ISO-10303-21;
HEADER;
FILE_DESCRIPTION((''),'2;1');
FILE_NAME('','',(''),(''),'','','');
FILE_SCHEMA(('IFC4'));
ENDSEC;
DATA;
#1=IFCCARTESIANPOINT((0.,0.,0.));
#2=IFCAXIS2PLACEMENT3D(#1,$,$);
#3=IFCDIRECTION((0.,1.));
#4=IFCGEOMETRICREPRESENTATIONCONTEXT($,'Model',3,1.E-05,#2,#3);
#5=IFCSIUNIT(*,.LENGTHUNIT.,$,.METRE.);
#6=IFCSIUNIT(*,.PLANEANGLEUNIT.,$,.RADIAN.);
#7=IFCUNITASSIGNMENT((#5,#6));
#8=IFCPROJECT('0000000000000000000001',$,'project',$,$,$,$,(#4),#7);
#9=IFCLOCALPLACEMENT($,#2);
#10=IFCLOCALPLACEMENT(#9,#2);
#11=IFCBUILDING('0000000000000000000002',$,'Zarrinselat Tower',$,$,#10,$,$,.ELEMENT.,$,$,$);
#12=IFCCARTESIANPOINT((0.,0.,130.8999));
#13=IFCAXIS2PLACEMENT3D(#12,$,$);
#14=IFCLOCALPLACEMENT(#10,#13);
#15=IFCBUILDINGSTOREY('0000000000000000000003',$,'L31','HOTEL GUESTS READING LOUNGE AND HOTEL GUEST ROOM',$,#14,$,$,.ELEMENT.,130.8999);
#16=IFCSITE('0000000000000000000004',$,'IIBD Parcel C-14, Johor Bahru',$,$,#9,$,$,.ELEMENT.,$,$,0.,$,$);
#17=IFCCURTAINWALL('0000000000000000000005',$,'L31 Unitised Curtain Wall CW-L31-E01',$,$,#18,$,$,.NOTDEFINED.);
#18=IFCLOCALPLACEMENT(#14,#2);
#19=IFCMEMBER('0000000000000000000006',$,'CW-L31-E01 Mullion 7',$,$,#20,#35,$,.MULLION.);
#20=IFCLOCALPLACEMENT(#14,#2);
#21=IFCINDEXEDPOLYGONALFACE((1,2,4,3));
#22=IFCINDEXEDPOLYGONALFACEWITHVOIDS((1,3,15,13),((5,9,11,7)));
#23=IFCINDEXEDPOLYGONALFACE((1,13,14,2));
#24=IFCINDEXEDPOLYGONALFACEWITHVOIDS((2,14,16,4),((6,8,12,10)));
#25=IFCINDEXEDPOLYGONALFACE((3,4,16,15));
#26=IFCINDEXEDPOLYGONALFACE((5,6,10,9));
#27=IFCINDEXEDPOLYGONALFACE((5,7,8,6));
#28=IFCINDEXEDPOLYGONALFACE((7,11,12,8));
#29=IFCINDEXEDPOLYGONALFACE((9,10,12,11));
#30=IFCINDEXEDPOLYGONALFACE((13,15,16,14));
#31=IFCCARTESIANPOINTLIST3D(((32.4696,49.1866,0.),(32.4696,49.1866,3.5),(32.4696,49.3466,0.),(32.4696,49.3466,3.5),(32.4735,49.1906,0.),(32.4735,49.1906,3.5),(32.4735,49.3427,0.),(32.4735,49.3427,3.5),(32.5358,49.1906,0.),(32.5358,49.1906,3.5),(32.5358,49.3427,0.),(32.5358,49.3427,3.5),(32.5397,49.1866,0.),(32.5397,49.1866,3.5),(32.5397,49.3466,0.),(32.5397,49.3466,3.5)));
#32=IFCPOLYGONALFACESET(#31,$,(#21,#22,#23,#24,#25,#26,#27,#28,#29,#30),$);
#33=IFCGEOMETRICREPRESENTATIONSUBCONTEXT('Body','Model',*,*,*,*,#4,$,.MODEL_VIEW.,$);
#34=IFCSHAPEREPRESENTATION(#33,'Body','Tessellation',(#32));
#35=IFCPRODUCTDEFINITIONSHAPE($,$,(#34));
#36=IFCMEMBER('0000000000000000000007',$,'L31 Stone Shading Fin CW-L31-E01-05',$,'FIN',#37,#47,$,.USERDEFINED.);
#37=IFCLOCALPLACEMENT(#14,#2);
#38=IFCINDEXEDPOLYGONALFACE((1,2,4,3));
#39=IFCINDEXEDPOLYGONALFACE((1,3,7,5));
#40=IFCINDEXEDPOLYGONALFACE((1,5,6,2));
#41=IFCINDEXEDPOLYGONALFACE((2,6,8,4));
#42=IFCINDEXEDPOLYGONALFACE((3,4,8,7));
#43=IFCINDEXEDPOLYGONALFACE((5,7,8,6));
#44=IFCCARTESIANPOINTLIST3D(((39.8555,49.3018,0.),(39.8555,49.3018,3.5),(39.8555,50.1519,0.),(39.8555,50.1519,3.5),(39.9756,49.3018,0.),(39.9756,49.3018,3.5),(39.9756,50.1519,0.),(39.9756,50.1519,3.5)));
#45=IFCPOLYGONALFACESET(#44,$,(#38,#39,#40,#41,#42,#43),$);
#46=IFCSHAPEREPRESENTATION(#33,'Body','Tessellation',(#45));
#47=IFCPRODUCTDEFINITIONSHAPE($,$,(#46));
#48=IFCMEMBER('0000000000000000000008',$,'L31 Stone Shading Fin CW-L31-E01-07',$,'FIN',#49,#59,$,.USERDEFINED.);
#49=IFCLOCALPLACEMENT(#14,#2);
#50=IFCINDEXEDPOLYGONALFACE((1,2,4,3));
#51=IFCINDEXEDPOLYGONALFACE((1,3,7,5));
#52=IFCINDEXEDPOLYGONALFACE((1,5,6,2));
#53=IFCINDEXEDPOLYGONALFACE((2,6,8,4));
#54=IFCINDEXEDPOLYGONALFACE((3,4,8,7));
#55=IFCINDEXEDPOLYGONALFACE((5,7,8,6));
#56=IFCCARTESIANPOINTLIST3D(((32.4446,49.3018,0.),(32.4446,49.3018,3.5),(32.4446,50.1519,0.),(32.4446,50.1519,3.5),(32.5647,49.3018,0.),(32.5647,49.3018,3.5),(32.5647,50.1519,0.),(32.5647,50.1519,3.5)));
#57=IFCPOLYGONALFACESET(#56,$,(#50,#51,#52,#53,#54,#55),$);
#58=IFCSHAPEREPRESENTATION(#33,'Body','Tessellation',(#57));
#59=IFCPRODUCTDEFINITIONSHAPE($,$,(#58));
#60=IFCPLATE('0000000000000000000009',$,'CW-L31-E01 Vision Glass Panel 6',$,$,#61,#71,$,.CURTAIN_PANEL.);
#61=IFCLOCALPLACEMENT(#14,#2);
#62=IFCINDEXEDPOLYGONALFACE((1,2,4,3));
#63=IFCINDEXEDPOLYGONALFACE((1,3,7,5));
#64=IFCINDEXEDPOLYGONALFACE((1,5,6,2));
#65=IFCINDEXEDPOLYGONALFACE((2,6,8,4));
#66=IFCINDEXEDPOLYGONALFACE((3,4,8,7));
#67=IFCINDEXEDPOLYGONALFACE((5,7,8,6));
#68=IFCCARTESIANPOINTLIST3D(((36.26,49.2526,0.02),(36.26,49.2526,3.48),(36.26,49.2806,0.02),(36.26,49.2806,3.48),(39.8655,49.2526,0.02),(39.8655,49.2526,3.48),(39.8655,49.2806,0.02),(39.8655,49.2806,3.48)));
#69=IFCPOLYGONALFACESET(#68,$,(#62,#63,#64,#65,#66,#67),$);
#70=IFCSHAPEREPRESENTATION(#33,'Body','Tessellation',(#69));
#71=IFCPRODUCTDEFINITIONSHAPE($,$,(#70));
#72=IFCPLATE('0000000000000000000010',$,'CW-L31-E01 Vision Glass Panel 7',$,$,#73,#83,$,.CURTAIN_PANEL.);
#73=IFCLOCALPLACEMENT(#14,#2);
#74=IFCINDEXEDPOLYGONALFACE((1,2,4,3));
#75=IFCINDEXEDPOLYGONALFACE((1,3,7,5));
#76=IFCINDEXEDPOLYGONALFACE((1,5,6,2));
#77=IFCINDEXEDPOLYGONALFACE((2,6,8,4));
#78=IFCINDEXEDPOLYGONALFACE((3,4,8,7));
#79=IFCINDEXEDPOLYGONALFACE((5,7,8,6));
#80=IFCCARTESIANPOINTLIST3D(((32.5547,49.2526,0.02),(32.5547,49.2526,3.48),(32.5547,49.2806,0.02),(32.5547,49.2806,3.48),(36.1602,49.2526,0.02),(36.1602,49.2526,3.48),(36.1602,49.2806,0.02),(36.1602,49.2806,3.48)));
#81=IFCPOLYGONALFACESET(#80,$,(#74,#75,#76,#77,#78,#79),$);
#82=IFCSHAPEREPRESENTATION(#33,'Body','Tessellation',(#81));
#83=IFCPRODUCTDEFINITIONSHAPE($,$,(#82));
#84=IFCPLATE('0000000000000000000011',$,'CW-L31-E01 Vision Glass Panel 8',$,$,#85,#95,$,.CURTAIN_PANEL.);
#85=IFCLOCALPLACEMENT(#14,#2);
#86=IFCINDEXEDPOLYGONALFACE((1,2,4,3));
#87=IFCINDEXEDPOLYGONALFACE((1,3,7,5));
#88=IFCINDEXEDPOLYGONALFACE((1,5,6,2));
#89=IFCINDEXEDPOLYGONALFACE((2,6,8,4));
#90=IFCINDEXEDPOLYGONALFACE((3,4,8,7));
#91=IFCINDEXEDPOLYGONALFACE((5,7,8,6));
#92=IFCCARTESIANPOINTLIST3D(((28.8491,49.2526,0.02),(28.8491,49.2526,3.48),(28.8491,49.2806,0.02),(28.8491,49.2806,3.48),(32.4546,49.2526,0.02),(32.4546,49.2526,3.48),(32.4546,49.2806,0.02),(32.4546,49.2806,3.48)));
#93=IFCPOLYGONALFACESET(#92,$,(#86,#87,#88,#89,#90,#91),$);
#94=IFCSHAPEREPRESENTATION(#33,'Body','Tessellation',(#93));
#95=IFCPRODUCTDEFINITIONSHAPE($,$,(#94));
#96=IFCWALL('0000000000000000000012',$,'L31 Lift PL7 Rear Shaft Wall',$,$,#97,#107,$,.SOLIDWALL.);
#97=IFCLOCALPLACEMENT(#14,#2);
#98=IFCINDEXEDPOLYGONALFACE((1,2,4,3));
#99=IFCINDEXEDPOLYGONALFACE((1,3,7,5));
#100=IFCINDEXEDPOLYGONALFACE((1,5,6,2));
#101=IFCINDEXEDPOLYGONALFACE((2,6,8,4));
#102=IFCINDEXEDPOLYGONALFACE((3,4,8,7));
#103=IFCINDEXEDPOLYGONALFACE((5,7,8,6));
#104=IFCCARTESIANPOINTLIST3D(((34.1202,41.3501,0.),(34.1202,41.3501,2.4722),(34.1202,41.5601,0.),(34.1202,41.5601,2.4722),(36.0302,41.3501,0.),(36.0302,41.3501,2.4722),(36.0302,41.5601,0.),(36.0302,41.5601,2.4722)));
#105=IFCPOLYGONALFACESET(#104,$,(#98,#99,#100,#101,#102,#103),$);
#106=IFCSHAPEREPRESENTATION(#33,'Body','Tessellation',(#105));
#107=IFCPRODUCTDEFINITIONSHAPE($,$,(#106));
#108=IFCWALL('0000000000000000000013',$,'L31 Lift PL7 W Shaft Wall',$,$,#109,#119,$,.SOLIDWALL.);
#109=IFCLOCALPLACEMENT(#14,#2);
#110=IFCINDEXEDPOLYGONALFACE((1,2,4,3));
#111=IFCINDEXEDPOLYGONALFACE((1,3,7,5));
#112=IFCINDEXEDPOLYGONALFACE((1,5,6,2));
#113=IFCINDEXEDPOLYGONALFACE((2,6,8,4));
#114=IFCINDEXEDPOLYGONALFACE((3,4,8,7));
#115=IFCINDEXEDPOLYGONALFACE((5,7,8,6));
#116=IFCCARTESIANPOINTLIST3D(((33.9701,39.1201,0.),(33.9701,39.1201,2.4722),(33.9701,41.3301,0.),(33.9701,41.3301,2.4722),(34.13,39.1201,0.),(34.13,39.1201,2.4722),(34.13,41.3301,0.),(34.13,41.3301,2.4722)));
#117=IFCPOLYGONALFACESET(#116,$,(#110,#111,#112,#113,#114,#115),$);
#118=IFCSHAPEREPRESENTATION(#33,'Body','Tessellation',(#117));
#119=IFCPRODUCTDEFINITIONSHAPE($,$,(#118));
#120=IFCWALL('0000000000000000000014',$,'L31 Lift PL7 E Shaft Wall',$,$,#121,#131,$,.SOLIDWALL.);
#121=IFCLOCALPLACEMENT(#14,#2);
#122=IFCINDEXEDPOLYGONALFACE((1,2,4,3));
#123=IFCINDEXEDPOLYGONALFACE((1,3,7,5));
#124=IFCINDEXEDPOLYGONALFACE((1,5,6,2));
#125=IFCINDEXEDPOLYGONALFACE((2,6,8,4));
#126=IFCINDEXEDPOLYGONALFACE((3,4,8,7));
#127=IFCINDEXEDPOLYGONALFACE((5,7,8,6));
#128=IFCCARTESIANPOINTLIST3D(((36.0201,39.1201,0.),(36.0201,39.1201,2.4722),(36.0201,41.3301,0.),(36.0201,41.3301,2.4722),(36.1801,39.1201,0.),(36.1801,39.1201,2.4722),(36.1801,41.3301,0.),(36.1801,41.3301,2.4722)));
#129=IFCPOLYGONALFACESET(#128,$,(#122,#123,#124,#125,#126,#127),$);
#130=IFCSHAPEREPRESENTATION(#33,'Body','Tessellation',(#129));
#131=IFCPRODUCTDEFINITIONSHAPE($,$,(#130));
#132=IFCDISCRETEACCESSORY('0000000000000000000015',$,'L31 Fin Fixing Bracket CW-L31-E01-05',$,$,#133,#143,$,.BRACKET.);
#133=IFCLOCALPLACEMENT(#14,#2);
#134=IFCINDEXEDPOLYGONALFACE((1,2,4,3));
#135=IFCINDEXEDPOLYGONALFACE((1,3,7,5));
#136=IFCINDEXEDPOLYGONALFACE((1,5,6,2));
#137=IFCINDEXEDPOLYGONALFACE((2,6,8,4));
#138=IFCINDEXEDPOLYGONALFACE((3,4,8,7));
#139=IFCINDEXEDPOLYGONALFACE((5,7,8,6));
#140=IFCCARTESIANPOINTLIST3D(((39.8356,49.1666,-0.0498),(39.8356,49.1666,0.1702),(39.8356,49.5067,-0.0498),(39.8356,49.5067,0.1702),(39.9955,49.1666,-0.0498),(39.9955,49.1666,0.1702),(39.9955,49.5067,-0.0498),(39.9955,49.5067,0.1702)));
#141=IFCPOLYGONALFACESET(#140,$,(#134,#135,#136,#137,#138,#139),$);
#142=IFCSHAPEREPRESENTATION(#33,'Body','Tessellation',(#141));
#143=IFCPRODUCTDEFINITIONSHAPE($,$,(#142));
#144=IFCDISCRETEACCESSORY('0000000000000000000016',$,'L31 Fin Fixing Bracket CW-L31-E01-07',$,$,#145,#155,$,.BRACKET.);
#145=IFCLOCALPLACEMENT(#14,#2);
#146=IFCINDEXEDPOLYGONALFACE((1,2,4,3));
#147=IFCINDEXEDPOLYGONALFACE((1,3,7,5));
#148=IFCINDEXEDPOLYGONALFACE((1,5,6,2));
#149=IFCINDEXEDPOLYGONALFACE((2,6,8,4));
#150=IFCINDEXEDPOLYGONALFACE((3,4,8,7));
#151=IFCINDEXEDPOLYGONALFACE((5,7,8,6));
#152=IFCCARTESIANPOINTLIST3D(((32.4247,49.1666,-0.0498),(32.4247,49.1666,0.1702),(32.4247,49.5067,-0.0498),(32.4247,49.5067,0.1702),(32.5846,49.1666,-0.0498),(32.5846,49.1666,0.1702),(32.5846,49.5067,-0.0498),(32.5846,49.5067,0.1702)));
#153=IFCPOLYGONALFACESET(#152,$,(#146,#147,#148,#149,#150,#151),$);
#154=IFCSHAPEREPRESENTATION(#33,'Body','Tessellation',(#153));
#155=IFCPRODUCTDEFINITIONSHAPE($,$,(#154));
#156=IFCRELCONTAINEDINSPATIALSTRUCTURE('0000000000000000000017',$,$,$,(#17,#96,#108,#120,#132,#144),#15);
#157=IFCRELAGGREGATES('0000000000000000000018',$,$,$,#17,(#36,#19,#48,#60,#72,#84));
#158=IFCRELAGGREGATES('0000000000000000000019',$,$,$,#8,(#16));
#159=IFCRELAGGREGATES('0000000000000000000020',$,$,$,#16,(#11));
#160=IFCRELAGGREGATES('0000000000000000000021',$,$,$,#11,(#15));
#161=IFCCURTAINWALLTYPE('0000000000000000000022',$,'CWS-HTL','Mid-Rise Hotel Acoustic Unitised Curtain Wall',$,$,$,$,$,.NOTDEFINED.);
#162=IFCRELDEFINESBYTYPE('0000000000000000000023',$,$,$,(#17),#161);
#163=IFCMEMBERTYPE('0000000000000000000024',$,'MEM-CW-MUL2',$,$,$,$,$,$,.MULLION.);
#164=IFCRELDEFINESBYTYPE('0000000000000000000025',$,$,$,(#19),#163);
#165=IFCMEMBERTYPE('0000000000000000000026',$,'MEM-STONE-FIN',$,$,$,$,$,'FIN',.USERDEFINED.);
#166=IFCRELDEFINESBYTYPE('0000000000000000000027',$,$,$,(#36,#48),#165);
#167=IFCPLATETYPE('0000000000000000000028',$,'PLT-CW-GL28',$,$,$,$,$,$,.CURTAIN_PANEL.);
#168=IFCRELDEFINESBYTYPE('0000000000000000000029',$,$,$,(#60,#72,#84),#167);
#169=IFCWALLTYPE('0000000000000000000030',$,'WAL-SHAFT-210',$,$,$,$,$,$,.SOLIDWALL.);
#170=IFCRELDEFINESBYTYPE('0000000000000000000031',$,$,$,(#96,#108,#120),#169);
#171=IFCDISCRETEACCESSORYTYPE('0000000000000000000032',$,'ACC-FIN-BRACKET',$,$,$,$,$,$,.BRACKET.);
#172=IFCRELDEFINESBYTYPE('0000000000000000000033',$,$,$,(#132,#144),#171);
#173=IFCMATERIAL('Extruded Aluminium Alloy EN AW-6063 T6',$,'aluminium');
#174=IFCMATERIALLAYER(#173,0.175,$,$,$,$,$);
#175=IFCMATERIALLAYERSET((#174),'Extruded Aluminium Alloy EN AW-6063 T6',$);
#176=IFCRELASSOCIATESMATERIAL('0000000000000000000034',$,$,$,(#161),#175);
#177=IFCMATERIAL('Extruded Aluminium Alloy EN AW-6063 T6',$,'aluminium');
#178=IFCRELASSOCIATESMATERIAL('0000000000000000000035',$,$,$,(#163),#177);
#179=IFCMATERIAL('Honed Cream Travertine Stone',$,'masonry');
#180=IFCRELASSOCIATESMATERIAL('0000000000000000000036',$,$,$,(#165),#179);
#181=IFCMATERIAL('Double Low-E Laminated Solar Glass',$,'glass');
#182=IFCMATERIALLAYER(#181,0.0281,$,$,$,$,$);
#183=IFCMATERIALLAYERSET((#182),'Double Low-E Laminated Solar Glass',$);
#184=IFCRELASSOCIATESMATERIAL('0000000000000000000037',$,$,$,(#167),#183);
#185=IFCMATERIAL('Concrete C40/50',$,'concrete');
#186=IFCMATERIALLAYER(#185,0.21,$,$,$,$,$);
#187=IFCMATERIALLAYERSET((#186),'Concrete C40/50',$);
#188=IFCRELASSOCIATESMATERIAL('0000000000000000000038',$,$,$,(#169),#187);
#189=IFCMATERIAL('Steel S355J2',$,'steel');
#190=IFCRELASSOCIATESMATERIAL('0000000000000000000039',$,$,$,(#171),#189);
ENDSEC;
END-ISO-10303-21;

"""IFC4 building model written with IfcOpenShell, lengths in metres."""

from ifc_helpers import new_model, si_unit, direction, frame, frame_2d, origin, origin_2d, place, context, subcontext, project, spatial, rectangle, hollow_rectangle, extrude, material, layer, layer_set, material_profile, profile_set, type_object, element, aggregate, save


model = new_model("IFC4")

# Units and contexts
model_context = context("Model", 3, precision=1e-05, world=origin(), true_north=direction((0.0, 1.0)))
body_context = subcontext(model_context, "Body", "Model", "MODEL_VIEW")
ifc_project = project(units=[si_unit("LENGTHUNIT", "METRE"), si_unit("PLANEANGLEUNIT", "RADIAN")], contexts=[model_context])

# Site, building, storey
site_placement = place(None, origin())
site = spatial("IfcSite", under=ifc_project, at=site_placement, Name="IIBD Parcel C-14, Johor Bahru", CompositionType="ELEMENT", RefElevation=0.0)
building_placement = place(site_placement, origin())
building = spatial("IfcBuilding", under=site, at=building_placement, Name="Zarrinselat Tower", CompositionType="ELEMENT")
storey_placement = place(building_placement, frame((0.0, 0.0, 130.8999)))
storey = spatial("IfcBuildingStorey", under=building, at=storey_placement, Name="L31", Description="HOTEL GUESTS READING LOUNGE AND HOTEL GUEST ROOM", CompositionType="ELEMENT", Elevation=130.8999)

# Curtain wall, members, plates
ifc_material_1 = material(Name="Extruded Aluminium Alloy EN AW-6063 T6", Category="aluminium")
ifc_layer_1 = layer(ifc_material_1, 0.175)
ifc_layer_set_1 = layer_set([ifc_layer_1], Name="Extruded Aluminium Alloy EN AW-6063 T6")
curtain_wall_type = type_object("IfcCurtainWallType", Name="CWS-HTL", Description="Mid-Rise Hotel Acoustic Unitised Curtain Wall", PredefinedType="NOTDEFINED", material=ifc_layer_set_1)
curtain_wall_placement = place(storey_placement, origin())
curtain_wall = element("IfcCurtainWall", 1, at=curtain_wall_placement, inside=storey, type_object=curtain_wall_type, Name="L31 Unitised Curtain Wall CW-L31-E01", PredefinedType="NOTDEFINED")
ifc_material_2 = material(Name="Extruded Aluminium Alloy EN AW-6063 T6", Category="aluminium")
ifc_material_profile_1 = material_profile(ifc_material_2, hollow_rectangle(XDim=0.0701, YDim=0.1599, WallThickness=0.0039, at=origin_2d()), Name="RHS 160x70x4")
ifc_profile_set_1 = profile_set([ifc_material_profile_1], Name="Extruded Aluminium Alloy EN AW-6063 T6")
member_type_1 = type_object("IfcMemberType", Name="MEM-CW-MUL2", PredefinedType="MULLION", material=ifc_profile_set_1)
member_1_placement = place(storey_placement, frame((32.5046, 49.2666, 0.0), z_axis=(0.0, 0.0, 1.0), x_axis=(-1.0, 0.0, 0.0)))
member_1 = element("IfcMember", 2, at=member_1_placement, type_object=member_type_1, Name="CW-L31-E01 Mullion 7", PredefinedType="MULLION", context=body_context, shape_type="SweptSolid", body=[
    extrude(hollow_rectangle(XDim=0.0701, YDim=0.1599, WallThickness=0.0039, at=origin_2d()), origin(), (0.0, 0.0, 1.0), 3.5),
])
ifc_material_3 = material(Name="Honed Cream Travertine Stone", Category="masonry")
ifc_material_profile_2 = material_profile(ifc_material_3, rectangle(XDim=0.1201, YDim=0.8501, at=origin_2d()), Name="FIN 850x120")
ifc_profile_set_2 = profile_set([ifc_material_profile_2], Name="Honed Cream Travertine Stone")
member_type_2 = type_object("IfcMemberType", Name="MEM-STONE-FIN", ElementType="FIN", PredefinedType="USERDEFINED", material=ifc_profile_set_2)
member_2_placement = place(storey_placement, frame((39.9155, 49.7268, 0.0), z_axis=(0.0, 0.0, 1.0), x_axis=(1.0, 0.0, 0.0)))
member_2 = element("IfcMember", 3, at=member_2_placement, type_object=member_type_2, Name="L31 Stone Shading Fin CW-L31-E01-05", ObjectType="FIN", PredefinedType="USERDEFINED", context=body_context, shape_type="SweptSolid", body=[
    extrude(rectangle(XDim=0.1201, YDim=0.8501, at=origin_2d()), origin(), (0.0, 0.0, 1.0), 3.5),
])
member_3_placement = place(storey_placement, frame((32.5046, 49.7268, 0.0), z_axis=(0.0, 0.0, 1.0), x_axis=(1.0, 0.0, 0.0)))
member_3 = element("IfcMember", 4, at=member_3_placement, type_object=member_type_2, Name="L31 Stone Shading Fin CW-L31-E01-07", ObjectType="FIN", PredefinedType="USERDEFINED", context=body_context, shape_type="SweptSolid", body=[
    extrude(rectangle(XDim=0.1201, YDim=0.8501, at=origin_2d()), origin(), (0.0, 0.0, 1.0), 3.5),
])
ifc_material_4 = material(Name="Double Low-E Laminated Solar Glass", Category="glass")
ifc_layer_2 = layer(ifc_material_4, 0.0281)
ifc_layer_set_2 = layer_set([ifc_layer_2], Name="Double Low-E Laminated Solar Glass")
plate_type = type_object("IfcPlateType", Name="PLT-CW-GL28", PredefinedType="CURTAIN_PANEL", material=ifc_layer_set_2)
plate_1_placement = place(storey_placement, frame((38.0627, 49.2666, 0.02), z_axis=(0.0, 0.0, 1.0), x_axis=(-1.0, 0.0, 0.0)))
plate_1 = element("IfcPlate", 5, at=plate_1_placement, type_object=plate_type, Name="CW-L31-E01 Vision Glass Panel 6", PredefinedType="CURTAIN_PANEL", context=body_context, shape_type="SweptSolid", body=[
    extrude(rectangle(XDim=3.6055, YDim=0.0281, at=origin_2d()), origin(), (0.0, 0.0, 1.0), 3.46),
])
plate_2_placement = place(storey_placement, frame((34.3574, 49.2666, 0.02), z_axis=(0.0, 0.0, 1.0), x_axis=(-1.0, 0.0, 0.0)))
plate_2 = element("IfcPlate", 6, at=plate_2_placement, type_object=plate_type, Name="CW-L31-E01 Vision Glass Panel 7", PredefinedType="CURTAIN_PANEL", context=body_context, shape_type="SweptSolid", body=[
    extrude(rectangle(XDim=3.6055, YDim=0.0281, at=origin_2d()), origin(), (0.0, 0.0, 1.0), 3.46),
])
plate_3_placement = place(storey_placement, frame((30.6519, 49.2666, 0.02), z_axis=(0.0, 0.0, 1.0), x_axis=(-1.0, 0.0, 0.0)))
plate_3 = element("IfcPlate", 7, at=plate_3_placement, type_object=plate_type, Name="CW-L31-E01 Vision Glass Panel 8", PredefinedType="CURTAIN_PANEL", context=body_context, shape_type="SweptSolid", body=[
    extrude(rectangle(XDim=3.6055, YDim=0.0281, at=origin_2d()), origin(), (0.0, 0.0, 1.0), 3.46),
])
aggregate(curtain_wall, [member_2, member_1, member_3, plate_1, plate_2, plate_3])

# Walls
ifc_material_5 = material(Name="Concrete C40/50", Category="concrete")
ifc_layer_3 = layer(ifc_material_5, 0.21)
ifc_layer_set_3 = layer_set([ifc_layer_3], Name="Concrete C40/50")
wall_type = type_object("IfcWallType", Name="WAL-SHAFT-210", PredefinedType="SOLIDWALL", material=ifc_layer_set_3)
wall_placement = place(storey_placement, frame((34.1201, 41.4551, 0.0), z_axis=(0.0, 0.0, 1.0), x_axis=(1.0, 0.0, 0.0)))
element("IfcWall", 8, at=wall_placement, inside=storey, type_object=wall_type, Name="L31 Lift PL7 Rear Shaft Wall", PredefinedType="SOLIDWALL", context=body_context, shape_type="SweptSolid", body=[
    extrude(rectangle(XDim=1.9099, YDim=0.21, at=frame_2d((0.9551, 0.0))), origin(), (0.0, 0.0, 1.0), 2.4722),
])
for number, where, z_axis, x_axis, name in (
    (9, (34.05, 39.1201, 0.0), (0.0, 0.0, 1.0), (0.0, 1.0, 0.0), "L31 Lift PL7 W Shaft Wall"),
    (10, (36.1001, 39.1201, 0.0), (0.0, 0.0, 1.0), (0.0, 1.0, 0.0), "L31 Lift PL7 E Shaft Wall"),
):
    element("IfcWall", number, at=place(storey_placement, frame(where, z_axis=z_axis, x_axis=x_axis)), inside=storey, type_object=wall_type, Name=name, PredefinedType="SOLIDWALL", context=body_context, shape_type="SweptSolid", body=[
        extrude(rectangle(XDim=2.21, YDim=0.1599, at=frame_2d((1.105, 0.0))), origin(), (0.0, 0.0, 1.0), 2.4722),
    ])

# Discrete accessories
ifc_material_6 = material(Name="Steel S355J2", Category="steel")
discrete_accessory_type = type_object("IfcDiscreteAccessoryType", Name="ACC-FIN-BRACKET", PredefinedType="BRACKET", material=ifc_material_6)
for number, where, z_axis, x_axis, name in (
    (11, (39.9155, 49.3367, -0.0498), (0.0, 0.0, 1.0), (0.0, 1.0, 0.0), "L31 Fin Fixing Bracket CW-L31-E01-05"),
    (12, (32.5046, 49.3367, -0.0498), (0.0, 0.0, 1.0), (0.0, 1.0, 0.0), "L31 Fin Fixing Bracket CW-L31-E01-07"),
):
    element("IfcDiscreteAccessory", number, at=place(storey_placement, frame(where, z_axis=z_axis, x_axis=x_axis)), inside=storey, type_object=discrete_accessory_type, Name=name, PredefinedType="BRACKET", context=body_context, shape_type="SweptSolid", body=[
        extrude(rectangle(XDim=0.3401, YDim=0.1599, at=origin_2d()), origin(), (0.0, 0.0, 1.0), 0.22),
    ])

save(model, "model.ifc")
